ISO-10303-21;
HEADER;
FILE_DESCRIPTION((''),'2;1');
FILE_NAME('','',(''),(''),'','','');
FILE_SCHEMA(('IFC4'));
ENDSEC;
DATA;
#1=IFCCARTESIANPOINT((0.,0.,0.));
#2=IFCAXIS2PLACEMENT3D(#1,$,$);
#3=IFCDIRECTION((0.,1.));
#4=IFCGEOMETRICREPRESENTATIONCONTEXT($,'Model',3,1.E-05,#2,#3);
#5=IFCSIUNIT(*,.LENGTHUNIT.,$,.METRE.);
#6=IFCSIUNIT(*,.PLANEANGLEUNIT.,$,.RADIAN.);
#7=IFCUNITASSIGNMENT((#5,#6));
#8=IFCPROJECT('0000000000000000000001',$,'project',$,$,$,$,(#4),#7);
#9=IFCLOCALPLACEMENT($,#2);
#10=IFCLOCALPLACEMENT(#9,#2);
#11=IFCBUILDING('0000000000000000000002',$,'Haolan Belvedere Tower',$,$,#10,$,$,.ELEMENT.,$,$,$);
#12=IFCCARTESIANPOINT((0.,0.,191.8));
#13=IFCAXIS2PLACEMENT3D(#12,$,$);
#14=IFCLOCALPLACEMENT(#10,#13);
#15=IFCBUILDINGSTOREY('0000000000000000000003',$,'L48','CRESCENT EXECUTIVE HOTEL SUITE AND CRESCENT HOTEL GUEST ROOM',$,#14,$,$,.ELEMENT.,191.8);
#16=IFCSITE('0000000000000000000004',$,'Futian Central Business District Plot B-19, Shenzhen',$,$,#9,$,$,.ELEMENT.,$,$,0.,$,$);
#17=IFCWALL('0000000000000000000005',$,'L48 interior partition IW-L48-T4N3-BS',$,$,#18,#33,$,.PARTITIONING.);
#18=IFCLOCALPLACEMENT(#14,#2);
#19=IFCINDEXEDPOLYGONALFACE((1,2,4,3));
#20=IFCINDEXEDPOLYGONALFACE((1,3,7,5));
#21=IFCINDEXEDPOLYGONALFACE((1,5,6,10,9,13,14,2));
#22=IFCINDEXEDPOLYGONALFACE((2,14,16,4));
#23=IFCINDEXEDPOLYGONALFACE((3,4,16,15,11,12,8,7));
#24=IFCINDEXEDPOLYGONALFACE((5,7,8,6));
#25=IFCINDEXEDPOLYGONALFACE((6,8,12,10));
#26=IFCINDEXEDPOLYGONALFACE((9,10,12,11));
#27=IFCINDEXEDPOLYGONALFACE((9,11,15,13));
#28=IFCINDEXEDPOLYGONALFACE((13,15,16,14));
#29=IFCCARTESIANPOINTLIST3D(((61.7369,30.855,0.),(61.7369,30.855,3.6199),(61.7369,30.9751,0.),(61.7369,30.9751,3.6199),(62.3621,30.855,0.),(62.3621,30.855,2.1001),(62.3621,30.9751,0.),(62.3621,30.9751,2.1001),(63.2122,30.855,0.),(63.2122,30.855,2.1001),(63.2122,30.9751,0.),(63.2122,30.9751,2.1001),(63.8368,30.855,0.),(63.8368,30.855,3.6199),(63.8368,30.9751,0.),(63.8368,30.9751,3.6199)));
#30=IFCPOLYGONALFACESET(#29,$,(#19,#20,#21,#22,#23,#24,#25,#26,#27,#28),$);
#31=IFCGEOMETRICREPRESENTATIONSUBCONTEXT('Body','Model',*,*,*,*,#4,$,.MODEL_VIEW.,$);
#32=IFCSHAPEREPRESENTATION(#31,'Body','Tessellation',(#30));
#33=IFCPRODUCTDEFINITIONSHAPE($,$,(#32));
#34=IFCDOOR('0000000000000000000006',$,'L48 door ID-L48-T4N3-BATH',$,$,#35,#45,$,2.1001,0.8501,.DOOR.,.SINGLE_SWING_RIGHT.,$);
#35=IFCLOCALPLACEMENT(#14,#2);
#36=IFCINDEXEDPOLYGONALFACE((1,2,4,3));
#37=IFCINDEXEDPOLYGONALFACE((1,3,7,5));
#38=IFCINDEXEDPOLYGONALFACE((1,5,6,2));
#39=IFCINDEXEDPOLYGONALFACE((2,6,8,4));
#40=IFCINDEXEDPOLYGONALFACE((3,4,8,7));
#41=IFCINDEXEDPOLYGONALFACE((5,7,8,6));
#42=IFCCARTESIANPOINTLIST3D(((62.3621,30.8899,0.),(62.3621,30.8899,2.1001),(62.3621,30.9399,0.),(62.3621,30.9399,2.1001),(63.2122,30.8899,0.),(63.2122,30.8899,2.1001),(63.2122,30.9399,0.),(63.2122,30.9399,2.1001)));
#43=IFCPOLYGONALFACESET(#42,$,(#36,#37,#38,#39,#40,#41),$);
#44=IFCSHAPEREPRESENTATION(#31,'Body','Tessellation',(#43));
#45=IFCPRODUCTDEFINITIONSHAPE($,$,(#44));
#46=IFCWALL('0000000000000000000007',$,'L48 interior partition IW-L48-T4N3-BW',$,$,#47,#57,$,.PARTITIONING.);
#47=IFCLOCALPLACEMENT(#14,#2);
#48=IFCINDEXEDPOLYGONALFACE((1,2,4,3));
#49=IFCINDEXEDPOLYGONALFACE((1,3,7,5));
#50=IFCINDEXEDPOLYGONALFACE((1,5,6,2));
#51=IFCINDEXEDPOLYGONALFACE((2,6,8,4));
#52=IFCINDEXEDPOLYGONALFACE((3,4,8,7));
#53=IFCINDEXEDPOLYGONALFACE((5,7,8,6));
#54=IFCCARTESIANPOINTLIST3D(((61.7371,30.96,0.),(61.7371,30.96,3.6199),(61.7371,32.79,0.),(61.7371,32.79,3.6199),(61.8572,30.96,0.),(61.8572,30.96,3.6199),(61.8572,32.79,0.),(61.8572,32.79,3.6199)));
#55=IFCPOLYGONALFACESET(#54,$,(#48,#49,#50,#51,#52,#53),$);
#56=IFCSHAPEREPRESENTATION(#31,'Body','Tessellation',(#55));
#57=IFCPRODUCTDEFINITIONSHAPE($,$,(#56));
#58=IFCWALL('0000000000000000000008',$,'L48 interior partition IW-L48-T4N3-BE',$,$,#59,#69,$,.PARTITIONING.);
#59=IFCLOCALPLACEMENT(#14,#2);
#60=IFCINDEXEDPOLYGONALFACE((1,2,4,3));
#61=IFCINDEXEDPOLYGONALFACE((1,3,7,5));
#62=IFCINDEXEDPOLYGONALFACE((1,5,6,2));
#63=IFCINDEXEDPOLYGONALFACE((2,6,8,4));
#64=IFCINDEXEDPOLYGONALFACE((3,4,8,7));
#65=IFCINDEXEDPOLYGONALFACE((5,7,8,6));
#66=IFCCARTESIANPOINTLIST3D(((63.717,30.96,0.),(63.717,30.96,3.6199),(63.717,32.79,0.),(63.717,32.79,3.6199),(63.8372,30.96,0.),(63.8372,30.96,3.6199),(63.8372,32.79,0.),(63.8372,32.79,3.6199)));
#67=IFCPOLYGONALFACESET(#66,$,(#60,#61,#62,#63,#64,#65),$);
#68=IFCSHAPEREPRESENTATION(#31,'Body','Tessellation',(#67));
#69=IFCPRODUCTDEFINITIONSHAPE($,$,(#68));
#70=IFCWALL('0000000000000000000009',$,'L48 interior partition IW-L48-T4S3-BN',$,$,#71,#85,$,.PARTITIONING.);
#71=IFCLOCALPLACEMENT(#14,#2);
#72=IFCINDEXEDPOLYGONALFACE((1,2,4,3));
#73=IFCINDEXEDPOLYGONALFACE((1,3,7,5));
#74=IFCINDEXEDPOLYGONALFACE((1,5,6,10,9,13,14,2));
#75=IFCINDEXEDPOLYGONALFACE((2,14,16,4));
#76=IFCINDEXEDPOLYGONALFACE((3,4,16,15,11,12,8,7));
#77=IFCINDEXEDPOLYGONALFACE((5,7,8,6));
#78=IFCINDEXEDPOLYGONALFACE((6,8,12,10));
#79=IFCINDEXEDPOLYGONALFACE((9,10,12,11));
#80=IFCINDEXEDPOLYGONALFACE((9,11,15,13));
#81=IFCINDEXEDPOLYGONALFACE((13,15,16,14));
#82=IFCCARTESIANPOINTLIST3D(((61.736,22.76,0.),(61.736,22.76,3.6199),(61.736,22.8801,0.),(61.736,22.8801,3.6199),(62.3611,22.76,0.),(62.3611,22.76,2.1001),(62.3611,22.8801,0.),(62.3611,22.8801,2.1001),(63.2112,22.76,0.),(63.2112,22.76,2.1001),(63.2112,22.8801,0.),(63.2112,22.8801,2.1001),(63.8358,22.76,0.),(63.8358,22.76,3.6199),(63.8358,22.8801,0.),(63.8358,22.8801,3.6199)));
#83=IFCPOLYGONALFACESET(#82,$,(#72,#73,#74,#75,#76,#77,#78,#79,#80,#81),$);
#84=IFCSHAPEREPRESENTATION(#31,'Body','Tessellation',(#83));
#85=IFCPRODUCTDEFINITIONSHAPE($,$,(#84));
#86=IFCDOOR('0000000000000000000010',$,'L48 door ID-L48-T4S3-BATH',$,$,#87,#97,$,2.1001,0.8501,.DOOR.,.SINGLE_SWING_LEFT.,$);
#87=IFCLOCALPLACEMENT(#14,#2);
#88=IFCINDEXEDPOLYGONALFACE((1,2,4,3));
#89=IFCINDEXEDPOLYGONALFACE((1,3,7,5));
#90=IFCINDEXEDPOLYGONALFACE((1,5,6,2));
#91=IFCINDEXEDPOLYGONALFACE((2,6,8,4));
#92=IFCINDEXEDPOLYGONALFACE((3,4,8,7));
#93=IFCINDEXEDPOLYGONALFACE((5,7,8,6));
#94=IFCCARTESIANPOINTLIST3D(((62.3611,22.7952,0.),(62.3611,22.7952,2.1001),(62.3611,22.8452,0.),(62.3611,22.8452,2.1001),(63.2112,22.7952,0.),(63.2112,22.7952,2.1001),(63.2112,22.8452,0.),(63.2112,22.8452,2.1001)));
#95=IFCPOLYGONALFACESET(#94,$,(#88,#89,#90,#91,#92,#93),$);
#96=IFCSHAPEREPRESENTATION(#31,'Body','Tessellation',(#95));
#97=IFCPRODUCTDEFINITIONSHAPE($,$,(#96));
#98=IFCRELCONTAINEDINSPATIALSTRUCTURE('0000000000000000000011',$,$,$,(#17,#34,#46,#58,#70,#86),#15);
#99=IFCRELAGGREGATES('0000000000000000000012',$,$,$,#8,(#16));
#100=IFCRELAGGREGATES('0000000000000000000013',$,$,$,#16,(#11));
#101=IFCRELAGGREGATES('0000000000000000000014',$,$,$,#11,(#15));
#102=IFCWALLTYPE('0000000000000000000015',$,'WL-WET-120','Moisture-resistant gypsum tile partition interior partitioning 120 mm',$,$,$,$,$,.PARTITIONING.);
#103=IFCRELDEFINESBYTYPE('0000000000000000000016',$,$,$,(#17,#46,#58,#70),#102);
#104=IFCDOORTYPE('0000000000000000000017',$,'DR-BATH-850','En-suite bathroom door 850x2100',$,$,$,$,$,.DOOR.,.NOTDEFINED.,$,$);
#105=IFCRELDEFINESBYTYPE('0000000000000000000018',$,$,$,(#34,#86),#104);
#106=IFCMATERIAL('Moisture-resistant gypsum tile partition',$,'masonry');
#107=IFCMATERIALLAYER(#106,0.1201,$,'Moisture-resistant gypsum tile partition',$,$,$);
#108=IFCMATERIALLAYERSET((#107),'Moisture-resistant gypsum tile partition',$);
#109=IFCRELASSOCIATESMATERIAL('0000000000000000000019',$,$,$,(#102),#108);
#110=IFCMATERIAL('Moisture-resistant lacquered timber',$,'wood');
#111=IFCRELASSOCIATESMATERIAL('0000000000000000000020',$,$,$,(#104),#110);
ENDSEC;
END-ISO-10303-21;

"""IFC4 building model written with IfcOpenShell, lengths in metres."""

from ifc_helpers import new_model, si_unit, direction, frame, frame_2d, origin, place, context, subcontext, project, spatial, rectangle, extrude, material, layer, layer_set, type_object, element, fill, save


model = new_model("IFC4")

# Units and contexts
model_context = context("Model", 3, precision=1e-05, world=origin(), true_north=direction((0.0, 1.0)))
body_context = subcontext(model_context, "Body", "Model", "MODEL_VIEW")
ifc_project = project(units=[si_unit("LENGTHUNIT", "METRE"), si_unit("PLANEANGLEUNIT", "RADIAN")], contexts=[model_context])

# Site, building, storey
site_placement = place(None, origin())
site = spatial("IfcSite", under=ifc_project, at=site_placement, Name="Futian Central Business District Plot B-19, Shenzhen", CompositionType="ELEMENT", RefElevation=0.0)
building_placement = place(site_placement, origin())
building = spatial("IfcBuilding", under=site, at=building_placement, Name="Haolan Belvedere Tower", CompositionType="ELEMENT")
storey_placement = place(building_placement, frame((0.0, 0.0, 191.8)))
storey = spatial("IfcBuildingStorey", under=building, at=storey_placement, Name="L48", Description="CRESCENT EXECUTIVE HOTEL SUITE AND CRESCENT HOTEL GUEST ROOM", CompositionType="ELEMENT", Elevation=191.8)

# Shared definitions
ifc_material_1 = material(Name="Moisture-resistant gypsum tile partition", Category="masonry")
ifc_layer_1 = layer(ifc_material_1, 0.1201, Name="Moisture-resistant gypsum tile partition")
ifc_layer_set_1 = layer_set([ifc_layer_1], Name="Moisture-resistant gypsum tile partition")
wall_type_1 = type_object("IfcWallType", Name="WL-WET-120", Description="Moisture-resistant gypsum tile partition interior partitioning 120 mm", PredefinedType="PARTITIONING", material=ifc_layer_set_1)

# Shared definitions
ifc_material_2 = material(Name="Moisture-resistant lacquered timber", Category="wood")
door_type_1 = type_object("IfcDoorType", Name="DR-BATH-850", Description="En-suite bathroom door 850x2100", OperationType="NOTDEFINED", PredefinedType="DOOR", material=ifc_material_2)

# Wall, opening, door
wall_1_placement = place(storey_placement, frame((61.7371, 30.915, 0.0), z_axis=(0.0, 0.0, 1.0), x_axis=(1.0, 0.0, 0.0)))
wall_1 = element("IfcWall", 1, at=wall_1_placement, inside=storey, type_object=wall_type_1, Name="L48 interior partition IW-L48-T4N3-BS", PredefinedType="PARTITIONING", context=body_context, shape_type="SweptSolid", body=[
    extrude(rectangle(XDim=2.0999, YDim=0.1201, at=frame_2d((1.0498, 0.0))), origin(), (0.0, 0.0, 1.0), 3.6199),
])
opening_1_placement = place(wall_1_placement, frame((0.625, 0.0, 0.0)))
opening_1 = element("IfcOpeningElement", 2, at=opening_1_placement, cuts=wall_1, PredefinedType="OPENING", context=body_context, shape_type="SweptSolid", body=[
    extrude(rectangle(XDim=0.8501, YDim=2.1001, at=frame_2d((0.425, 1.05))), frame((0.0, 0.0701, 0.0), z_axis=(0.0, -1.0, 0.0), x_axis=(1.0, 0.0, 0.0)), (0.0, 0.0, 1.0), 0.1401),
])
door_1_placement = place(opening_1_placement, origin())
door_1 = element("IfcDoor", 3, at=door_1_placement, inside=storey, type_object=door_type_1, Name="L48 door ID-L48-T4N3-BATH", OperationType="SINGLE_SWING_RIGHT", OverallHeight=2.1001, OverallWidth=0.8501, PredefinedType="DOOR", context=body_context, shape_type="SweptSolid", body=[
    extrude(rectangle(XDim=0.8501, YDim=2.1001, at=frame_2d((0.425, 1.05))), frame((0.0, 0.0249, 0.0), z_axis=(0.0, -1.0, 0.0), x_axis=(1.0, 0.0, 0.0)), (0.0, 0.0, 1.0), 0.05),
])
fill(opening_1, door_1)

# Walls
for number, where, z_axis, x_axis, name in (
    (4, (61.7971, 30.96, 0.0), (0.0, 0.0, 1.0), (0.0, 1.0, 0.0), "L48 interior partition IW-L48-T4N3-BW"),
    (5, (63.7771, 30.96, 0.0), (0.0, 0.0, 1.0), (0.0, 1.0, 0.0), "L48 interior partition IW-L48-T4N3-BE"),
):
    element("IfcWall", number, at=place(storey_placement, frame(where, z_axis=z_axis, x_axis=x_axis)), inside=storey, type_object=wall_type_1, Name=name, PredefinedType="PARTITIONING", context=body_context, shape_type="SweptSolid", body=[
        extrude(rectangle(XDim=1.8301, YDim=0.1201, at=frame_2d((0.915, 0.0))), origin(), (0.0, 0.0, 1.0), 3.6199),
    ])

# Wall, opening, door
wall_2_placement = place(storey_placement, frame((61.7361, 22.8201, 0.0), z_axis=(0.0, 0.0, 1.0), x_axis=(1.0, 0.0, 0.0)))
wall_2 = element("IfcWall", 6, at=wall_2_placement, inside=storey, type_object=wall_type_1, Name="L48 interior partition IW-L48-T4S3-BN", PredefinedType="PARTITIONING", context=body_context, shape_type="SweptSolid", body=[
    extrude(rectangle(XDim=2.0999, YDim=0.1201, at=frame_2d((1.0498, 0.0))), origin(), (0.0, 0.0, 1.0), 3.6199),
])
opening_2_placement = place(wall_2_placement, frame((1.4751, 0.0, 0.0), z_axis=(0.0, 0.0, 1.0), x_axis=(-1.0, 0.0, 0.0)))
opening_2 = element("IfcOpeningElement", 7, at=opening_2_placement, cuts=wall_2, PredefinedType="OPENING", context=body_context, shape_type="SweptSolid", body=[
    extrude(rectangle(XDim=0.8501, YDim=2.1001, at=frame_2d((0.425, 1.05))), frame((0.0, 0.0701, 0.0), z_axis=(0.0, -1.0, 0.0), x_axis=(1.0, 0.0, 0.0)), (0.0, 0.0, 1.0), 0.1401),
])
door_2_placement = place(opening_2_placement, origin())
door_2 = element("IfcDoor", 8, at=door_2_placement, inside=storey, type_object=door_type_1, Name="L48 door ID-L48-T4S3-BATH", OperationType="SINGLE_SWING_LEFT", OverallHeight=2.1001, OverallWidth=0.8501, PredefinedType="DOOR", context=body_context, shape_type="SweptSolid", body=[
    extrude(rectangle(XDim=0.8501, YDim=2.1001, at=frame_2d((0.425, 1.05))), frame((0.0, 0.0249, 0.0), z_axis=(0.0, -1.0, 0.0), x_axis=(1.0, 0.0, 0.0)), (0.0, 0.0, 1.0), 0.05),
])
fill(opening_2, door_2)

save(model, "model.ifc")
